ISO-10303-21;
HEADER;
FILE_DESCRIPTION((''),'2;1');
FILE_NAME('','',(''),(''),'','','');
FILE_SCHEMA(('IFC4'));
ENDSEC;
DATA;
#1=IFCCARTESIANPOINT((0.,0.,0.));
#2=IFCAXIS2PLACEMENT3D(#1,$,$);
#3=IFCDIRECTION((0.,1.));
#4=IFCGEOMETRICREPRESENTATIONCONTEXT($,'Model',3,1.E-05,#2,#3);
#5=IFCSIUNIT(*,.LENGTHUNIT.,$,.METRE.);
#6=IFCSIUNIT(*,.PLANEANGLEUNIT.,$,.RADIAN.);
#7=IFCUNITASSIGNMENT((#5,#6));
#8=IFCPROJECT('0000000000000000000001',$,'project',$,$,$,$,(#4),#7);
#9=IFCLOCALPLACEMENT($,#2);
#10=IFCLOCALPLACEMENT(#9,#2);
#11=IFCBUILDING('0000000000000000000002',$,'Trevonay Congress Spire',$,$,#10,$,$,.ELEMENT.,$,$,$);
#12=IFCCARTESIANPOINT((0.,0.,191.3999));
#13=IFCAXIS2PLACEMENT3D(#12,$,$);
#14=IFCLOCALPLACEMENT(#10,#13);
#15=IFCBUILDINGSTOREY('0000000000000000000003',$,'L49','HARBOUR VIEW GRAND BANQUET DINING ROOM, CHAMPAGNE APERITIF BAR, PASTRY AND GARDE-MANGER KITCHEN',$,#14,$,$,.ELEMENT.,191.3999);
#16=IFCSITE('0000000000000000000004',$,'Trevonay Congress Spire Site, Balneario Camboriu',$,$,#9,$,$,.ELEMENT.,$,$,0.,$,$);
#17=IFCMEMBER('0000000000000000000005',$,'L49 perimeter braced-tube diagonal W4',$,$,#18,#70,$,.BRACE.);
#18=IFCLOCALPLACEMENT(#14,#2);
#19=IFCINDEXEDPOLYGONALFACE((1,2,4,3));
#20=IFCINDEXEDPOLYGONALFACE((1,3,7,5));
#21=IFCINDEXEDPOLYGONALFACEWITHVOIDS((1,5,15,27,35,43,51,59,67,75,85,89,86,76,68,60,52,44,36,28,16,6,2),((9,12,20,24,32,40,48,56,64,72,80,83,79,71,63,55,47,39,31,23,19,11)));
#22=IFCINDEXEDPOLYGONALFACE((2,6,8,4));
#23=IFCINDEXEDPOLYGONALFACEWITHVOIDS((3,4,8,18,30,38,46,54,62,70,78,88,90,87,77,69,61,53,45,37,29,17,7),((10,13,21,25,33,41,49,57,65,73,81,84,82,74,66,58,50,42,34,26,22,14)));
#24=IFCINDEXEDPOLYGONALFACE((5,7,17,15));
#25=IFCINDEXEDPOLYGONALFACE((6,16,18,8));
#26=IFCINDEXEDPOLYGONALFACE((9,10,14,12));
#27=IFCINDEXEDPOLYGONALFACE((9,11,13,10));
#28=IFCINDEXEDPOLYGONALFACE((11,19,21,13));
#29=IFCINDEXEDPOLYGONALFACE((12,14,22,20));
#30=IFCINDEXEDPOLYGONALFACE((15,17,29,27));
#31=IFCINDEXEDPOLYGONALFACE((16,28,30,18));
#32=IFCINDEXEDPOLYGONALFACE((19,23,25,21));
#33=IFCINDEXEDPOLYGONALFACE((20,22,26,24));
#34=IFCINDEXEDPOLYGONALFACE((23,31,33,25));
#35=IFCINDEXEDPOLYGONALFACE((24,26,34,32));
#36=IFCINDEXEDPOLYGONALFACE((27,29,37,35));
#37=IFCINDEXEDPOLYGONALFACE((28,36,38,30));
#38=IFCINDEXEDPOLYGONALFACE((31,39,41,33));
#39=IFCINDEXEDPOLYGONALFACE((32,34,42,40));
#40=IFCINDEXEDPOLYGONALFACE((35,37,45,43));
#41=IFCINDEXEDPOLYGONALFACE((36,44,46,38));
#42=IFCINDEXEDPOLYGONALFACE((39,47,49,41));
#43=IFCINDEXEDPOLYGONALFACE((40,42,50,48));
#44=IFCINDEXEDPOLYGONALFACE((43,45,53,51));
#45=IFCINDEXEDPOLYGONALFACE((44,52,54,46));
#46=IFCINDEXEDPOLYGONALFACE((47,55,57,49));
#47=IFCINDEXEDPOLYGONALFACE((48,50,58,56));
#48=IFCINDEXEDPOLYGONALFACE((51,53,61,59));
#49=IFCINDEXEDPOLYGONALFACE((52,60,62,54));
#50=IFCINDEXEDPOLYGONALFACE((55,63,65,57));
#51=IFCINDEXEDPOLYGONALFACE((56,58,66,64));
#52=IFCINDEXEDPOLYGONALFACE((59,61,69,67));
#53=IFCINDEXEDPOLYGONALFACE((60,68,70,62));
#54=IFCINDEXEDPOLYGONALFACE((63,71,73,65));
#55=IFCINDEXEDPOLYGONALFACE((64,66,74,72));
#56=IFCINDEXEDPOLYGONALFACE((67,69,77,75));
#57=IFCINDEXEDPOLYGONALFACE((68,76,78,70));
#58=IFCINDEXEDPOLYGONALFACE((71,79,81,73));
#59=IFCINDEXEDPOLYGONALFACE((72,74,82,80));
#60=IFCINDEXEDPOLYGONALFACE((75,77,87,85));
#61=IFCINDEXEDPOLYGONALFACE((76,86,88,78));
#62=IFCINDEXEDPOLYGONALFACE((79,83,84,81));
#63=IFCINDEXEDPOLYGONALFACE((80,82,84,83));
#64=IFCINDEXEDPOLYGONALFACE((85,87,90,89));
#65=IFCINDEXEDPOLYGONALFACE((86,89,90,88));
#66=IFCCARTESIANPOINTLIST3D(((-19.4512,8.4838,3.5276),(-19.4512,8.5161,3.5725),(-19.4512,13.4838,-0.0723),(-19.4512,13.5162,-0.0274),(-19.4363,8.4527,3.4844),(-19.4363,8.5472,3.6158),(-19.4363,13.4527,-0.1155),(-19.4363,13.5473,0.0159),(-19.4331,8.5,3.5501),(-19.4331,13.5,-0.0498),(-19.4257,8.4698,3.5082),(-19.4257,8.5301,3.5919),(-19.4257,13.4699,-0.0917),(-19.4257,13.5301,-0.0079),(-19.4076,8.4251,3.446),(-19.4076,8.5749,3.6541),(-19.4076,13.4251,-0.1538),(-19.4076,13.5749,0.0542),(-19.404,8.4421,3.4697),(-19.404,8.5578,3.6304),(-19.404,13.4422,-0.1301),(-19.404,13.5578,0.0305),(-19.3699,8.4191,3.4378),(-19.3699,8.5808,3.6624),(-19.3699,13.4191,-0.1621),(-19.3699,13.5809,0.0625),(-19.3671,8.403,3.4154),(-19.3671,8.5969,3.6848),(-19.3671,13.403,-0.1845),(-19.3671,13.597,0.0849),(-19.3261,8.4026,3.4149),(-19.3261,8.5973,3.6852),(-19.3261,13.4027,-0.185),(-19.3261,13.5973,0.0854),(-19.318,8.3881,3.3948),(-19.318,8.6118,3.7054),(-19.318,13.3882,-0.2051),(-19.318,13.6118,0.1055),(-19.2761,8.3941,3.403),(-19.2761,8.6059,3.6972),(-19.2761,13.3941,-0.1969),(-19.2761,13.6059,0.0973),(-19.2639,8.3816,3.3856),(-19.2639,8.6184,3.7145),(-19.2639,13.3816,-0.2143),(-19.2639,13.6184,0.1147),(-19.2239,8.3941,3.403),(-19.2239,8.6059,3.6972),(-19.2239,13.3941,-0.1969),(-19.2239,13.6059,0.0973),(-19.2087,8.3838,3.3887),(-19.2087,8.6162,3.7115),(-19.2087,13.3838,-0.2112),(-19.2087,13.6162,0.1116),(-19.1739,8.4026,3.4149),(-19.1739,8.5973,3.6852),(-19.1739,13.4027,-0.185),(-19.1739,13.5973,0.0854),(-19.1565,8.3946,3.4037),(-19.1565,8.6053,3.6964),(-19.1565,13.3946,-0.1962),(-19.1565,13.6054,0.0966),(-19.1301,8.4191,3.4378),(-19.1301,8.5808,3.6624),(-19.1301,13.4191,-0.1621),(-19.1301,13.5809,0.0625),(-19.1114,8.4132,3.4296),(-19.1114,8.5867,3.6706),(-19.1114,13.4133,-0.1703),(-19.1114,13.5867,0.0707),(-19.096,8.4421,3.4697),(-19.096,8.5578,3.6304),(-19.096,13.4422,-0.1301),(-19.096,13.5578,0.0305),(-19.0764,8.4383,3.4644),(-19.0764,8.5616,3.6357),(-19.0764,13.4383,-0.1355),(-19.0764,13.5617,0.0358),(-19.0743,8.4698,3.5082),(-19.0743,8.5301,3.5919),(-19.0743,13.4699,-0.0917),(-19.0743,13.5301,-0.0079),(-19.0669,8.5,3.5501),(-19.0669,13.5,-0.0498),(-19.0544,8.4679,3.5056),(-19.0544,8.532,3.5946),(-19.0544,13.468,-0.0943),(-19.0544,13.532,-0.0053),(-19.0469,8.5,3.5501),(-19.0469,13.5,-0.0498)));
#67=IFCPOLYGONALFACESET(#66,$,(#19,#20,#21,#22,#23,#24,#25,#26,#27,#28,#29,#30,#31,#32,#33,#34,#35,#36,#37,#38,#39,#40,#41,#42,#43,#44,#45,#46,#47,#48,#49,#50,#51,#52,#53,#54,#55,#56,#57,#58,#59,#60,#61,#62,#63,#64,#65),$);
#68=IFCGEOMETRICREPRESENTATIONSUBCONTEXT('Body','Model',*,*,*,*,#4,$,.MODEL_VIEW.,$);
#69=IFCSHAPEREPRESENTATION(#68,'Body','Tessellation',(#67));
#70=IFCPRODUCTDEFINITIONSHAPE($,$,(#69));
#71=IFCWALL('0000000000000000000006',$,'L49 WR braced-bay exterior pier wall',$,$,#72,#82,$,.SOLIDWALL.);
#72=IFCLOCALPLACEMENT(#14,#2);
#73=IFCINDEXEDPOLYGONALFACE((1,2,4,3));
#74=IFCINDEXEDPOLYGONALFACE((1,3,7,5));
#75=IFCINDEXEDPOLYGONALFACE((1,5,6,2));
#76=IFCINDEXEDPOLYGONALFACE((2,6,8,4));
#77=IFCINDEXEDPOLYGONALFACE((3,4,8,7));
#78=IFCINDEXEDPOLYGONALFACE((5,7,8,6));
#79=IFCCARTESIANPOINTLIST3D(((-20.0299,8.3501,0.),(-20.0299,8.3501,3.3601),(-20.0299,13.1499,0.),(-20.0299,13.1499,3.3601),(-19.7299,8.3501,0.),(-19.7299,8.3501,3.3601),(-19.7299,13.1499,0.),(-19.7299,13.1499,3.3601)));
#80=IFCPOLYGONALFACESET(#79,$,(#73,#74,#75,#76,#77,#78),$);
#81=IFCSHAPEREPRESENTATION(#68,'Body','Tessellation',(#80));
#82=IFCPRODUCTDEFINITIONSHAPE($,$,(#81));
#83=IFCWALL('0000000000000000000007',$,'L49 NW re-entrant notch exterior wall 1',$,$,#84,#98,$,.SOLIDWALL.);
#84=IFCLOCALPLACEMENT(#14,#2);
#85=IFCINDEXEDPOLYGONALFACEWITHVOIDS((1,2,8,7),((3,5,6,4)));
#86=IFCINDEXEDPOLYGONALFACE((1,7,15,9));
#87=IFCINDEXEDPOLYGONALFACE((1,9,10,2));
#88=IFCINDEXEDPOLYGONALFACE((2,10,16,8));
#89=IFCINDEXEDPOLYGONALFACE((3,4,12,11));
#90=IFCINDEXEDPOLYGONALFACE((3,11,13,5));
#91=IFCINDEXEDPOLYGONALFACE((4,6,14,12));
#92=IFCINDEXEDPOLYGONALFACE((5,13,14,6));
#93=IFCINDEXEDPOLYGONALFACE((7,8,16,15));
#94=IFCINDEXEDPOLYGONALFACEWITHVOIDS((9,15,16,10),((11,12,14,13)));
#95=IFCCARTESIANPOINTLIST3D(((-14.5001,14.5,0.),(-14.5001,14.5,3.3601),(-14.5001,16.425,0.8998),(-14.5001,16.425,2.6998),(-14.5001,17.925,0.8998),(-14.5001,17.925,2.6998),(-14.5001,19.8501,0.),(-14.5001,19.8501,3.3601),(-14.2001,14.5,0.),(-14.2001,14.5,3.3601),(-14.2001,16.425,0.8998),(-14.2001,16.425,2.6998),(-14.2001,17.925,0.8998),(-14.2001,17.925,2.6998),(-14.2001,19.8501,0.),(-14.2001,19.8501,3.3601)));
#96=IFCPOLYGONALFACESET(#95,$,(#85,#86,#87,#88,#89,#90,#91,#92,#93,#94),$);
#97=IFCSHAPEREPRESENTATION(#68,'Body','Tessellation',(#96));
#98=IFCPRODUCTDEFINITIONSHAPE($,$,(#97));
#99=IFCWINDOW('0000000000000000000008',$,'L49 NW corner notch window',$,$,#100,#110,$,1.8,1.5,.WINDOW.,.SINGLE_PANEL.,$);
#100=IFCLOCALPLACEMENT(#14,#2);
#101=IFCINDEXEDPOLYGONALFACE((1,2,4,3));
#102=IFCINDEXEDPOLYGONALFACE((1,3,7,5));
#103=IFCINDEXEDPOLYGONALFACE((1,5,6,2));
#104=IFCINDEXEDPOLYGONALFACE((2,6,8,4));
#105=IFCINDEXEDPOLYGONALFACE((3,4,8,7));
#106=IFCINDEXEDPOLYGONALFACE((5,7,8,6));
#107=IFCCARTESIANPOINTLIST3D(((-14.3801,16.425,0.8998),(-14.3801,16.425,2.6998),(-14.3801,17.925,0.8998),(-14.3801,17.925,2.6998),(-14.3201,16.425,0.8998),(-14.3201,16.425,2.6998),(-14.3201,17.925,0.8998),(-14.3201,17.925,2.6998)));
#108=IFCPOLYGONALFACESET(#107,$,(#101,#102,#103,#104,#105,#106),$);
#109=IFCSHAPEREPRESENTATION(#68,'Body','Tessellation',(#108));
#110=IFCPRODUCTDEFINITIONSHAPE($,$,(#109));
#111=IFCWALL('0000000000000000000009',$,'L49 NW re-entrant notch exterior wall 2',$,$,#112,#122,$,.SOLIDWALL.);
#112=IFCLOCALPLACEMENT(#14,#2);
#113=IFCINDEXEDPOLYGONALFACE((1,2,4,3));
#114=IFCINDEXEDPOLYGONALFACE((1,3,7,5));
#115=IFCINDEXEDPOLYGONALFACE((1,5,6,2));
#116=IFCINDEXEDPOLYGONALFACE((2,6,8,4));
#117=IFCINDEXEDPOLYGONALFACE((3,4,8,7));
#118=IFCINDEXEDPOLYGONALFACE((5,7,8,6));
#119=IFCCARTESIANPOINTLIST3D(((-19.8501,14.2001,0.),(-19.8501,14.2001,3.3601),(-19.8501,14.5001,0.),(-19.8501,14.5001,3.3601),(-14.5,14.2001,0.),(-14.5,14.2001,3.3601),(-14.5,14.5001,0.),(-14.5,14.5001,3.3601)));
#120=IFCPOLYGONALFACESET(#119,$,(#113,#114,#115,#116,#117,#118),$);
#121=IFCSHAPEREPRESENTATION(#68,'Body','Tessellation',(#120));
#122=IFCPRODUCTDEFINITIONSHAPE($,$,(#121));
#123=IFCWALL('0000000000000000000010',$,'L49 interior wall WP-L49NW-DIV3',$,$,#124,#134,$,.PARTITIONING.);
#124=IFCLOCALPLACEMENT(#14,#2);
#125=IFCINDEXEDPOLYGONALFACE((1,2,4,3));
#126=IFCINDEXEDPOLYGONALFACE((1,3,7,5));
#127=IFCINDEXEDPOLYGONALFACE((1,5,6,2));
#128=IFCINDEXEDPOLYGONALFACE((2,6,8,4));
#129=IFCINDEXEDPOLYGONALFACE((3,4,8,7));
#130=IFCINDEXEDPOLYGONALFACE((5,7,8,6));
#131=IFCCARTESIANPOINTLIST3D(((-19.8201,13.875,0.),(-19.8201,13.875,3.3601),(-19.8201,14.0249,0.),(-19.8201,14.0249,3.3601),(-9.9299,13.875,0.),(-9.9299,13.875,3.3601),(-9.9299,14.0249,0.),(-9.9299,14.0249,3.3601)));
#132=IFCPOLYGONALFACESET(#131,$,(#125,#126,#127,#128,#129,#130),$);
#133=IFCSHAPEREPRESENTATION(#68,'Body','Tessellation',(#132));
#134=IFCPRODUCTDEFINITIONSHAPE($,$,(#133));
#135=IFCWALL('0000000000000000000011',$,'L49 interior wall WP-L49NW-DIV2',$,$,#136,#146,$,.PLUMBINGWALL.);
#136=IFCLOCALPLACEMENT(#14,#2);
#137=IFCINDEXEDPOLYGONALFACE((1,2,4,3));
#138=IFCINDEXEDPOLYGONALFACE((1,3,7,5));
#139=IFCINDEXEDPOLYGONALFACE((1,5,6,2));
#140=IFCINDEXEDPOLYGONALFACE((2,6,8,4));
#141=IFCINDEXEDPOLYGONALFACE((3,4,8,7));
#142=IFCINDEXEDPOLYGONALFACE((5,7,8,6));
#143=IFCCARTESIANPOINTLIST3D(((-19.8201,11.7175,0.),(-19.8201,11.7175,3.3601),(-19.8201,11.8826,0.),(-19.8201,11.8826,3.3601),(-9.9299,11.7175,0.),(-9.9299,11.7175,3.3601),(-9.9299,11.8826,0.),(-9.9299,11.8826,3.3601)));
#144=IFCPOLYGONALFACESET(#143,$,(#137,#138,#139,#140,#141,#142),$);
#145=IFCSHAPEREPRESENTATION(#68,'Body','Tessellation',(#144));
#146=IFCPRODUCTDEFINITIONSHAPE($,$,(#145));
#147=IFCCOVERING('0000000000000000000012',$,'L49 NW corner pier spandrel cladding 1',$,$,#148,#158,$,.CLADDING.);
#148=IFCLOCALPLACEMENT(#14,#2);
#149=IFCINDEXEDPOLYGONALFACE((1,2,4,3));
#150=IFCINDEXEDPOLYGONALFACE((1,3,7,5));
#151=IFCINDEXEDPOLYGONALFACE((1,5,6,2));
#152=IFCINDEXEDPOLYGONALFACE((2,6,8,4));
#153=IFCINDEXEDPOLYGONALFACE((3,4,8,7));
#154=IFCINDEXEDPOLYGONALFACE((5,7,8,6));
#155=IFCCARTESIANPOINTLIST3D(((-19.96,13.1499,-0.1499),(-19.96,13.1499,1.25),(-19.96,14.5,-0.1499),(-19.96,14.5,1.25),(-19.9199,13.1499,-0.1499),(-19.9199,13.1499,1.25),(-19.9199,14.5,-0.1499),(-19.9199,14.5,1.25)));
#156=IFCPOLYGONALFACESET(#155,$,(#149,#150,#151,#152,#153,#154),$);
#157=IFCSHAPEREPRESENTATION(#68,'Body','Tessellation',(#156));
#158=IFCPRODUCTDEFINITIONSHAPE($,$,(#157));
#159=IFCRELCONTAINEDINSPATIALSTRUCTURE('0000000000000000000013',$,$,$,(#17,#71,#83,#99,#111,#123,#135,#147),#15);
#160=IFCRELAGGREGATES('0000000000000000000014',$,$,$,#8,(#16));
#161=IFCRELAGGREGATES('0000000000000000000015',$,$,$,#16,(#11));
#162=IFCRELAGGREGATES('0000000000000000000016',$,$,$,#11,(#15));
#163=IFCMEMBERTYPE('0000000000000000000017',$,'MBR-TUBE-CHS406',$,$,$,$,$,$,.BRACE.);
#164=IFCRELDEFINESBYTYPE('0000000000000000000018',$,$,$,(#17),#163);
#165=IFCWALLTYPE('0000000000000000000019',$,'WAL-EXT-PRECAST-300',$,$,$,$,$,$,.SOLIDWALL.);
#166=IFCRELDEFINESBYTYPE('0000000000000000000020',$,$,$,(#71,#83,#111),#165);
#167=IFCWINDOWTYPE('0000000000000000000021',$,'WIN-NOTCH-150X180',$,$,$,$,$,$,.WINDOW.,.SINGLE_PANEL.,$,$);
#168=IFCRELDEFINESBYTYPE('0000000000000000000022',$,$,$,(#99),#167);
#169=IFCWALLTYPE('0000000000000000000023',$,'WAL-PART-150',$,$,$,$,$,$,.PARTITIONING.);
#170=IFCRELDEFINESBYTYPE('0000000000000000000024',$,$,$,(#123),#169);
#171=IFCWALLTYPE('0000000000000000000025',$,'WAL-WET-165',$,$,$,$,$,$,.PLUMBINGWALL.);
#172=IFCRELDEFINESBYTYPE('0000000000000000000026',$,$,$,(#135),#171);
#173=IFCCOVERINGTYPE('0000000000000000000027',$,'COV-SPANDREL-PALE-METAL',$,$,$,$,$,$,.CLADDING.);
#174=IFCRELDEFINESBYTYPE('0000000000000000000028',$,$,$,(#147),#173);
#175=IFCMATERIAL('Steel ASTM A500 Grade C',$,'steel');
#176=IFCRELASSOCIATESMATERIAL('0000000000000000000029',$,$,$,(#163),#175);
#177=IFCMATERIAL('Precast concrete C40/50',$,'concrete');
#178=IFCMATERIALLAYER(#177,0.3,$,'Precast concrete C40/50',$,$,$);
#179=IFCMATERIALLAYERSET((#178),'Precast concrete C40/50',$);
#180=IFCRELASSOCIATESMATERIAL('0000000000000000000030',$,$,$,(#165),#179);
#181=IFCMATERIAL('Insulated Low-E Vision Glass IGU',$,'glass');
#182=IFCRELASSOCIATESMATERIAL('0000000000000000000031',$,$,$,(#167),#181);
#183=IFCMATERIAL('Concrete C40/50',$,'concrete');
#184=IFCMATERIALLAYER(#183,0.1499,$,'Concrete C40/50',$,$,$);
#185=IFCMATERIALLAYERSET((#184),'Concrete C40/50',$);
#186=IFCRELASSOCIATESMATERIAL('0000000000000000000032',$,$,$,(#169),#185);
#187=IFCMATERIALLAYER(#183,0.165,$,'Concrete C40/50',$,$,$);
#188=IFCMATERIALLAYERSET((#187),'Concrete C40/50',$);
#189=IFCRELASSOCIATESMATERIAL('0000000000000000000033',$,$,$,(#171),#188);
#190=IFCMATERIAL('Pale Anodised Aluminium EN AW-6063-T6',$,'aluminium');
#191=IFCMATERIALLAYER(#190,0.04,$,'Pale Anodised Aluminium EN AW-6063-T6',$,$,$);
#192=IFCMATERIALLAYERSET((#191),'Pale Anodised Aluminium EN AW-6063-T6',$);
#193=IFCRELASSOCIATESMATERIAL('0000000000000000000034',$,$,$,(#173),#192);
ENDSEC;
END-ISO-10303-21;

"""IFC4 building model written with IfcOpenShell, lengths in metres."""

from ifc_helpers import new_model, si_unit, direction, frame, frame_2d, origin, origin_2d, place, context, subcontext, project, spatial, rectangle, hollow_circle, extrude, material, layer, layer_set, material_profile, profile_set, type_object, element, fill, save


model = new_model("IFC4")

# Units and contexts
model_context = context("Model", 3, precision=1e-05, world=origin(), true_north=direction((0.0, 1.0)))
body_context = subcontext(model_context, "Body", "Model", "MODEL_VIEW")
ifc_project = project(units=[si_unit("LENGTHUNIT", "METRE"), si_unit("PLANEANGLEUNIT", "RADIAN")], contexts=[model_context])

# Site, building, storey
site_placement = place(None, origin())
site = spatial("IfcSite", under=ifc_project, at=site_placement, Name="Trevonay Congress Spire Site, Balneario Camboriu", CompositionType="ELEMENT", RefElevation=0.0)
building_placement = place(site_placement, origin())
building = spatial("IfcBuilding", under=site, at=building_placement, Name="Trevonay Congress Spire", CompositionType="ELEMENT")
storey_placement = place(building_placement, frame((0.0, 0.0, 191.3999)))
storey = spatial("IfcBuildingStorey", under=building, at=storey_placement, Name="L49", Description="HARBOUR VIEW GRAND BANQUET DINING ROOM, CHAMPAGNE APERITIF BAR, PASTRY AND GARDE-MANGER KITCHEN", CompositionType="ELEMENT", Elevation=191.3999)

# Shared definitions
ifc_material_1 = material(Name="Pale Anodised Aluminium EN AW-6063-T6", Category="aluminium")

# Member
ifc_material_2 = material(Name="Steel ASTM A500 Grade C", Category="steel")
ifc_material_profile_1 = material_profile(ifc_material_2, hollow_circle(Radius=0.2031, WallThickness=0.02, at=origin_2d()), Name="CHS 406.4x20")
ifc_profile_set_1 = profile_set([ifc_material_profile_1], Name="Steel ASTM A500 Grade C")
member_type_1 = type_object("IfcMemberType", Name="MBR-TUBE-CHS406", PredefinedType="BRACE", material=ifc_profile_set_1)
member_1_placement = place(storey_placement, frame((-19.25, 13.5, -0.0498), z_axis=(0.0, -0.811546, 0.584289), x_axis=(1.0, 0.0, 0.0)))
element("IfcMember", 1, at=member_1_placement, inside=storey, type_object=member_type_1, Name="L49 perimeter braced-tube diagonal W4", PredefinedType="BRACE", context=body_context, shape_type="SweptSolid", body=[
    extrude(hollow_circle(Radius=0.2031, WallThickness=0.02, at=origin_2d()), origin(), (0.0, 0.0, 1.0), 6.1611),
])

# Wall
ifc_material_3 = material(Name="Precast concrete C40/50", Category="concrete")
ifc_layer_1 = layer(ifc_material_3, 0.3, Name="Precast concrete C40/50")
ifc_layer_set_1 = layer_set([ifc_layer_1], Name="Precast concrete C40/50")
wall_type_1 = type_object("IfcWallType", Name="WAL-EXT-PRECAST-300", PredefinedType="SOLIDWALL", material=ifc_layer_set_1)
wall_1_placement = place(storey_placement, frame((-19.8799, 8.3501, 0.0), z_axis=(0.0, 0.0, 1.0), x_axis=(0.0, 1.0, 0.0)))
element("IfcWall", 2, at=wall_1_placement, inside=storey, type_object=wall_type_1, Name="L49 WR braced-bay exterior pier wall", PredefinedType="SOLIDWALL", context=body_context, shape_type="SweptSolid", body=[
    extrude(rectangle(XDim=4.7998, YDim=0.3, at=frame_2d((2.3999, 0.0))), origin(), (0.0, 0.0, 1.0), 3.3601),
])

# Wall, opening, window
wall_2_placement = place(storey_placement, frame((-14.3501, 19.8501, 0.0), z_axis=(0.0, 0.0, 1.0), x_axis=(0.0, -1.0, 0.0)))
wall_2 = element("IfcWall", 3, at=wall_2_placement, inside=storey, type_object=wall_type_1, Name="L49 NW re-entrant notch exterior wall 1", PredefinedType="SOLIDWALL", context=body_context, shape_type="SweptSolid", body=[
    extrude(rectangle(XDim=5.3501, YDim=0.3, at=frame_2d((2.675, 0.0))), origin(), (0.0, 0.0, 1.0), 3.3601),
])
opening_placement = place(wall_2_placement, frame((1.925, 0.0, 0.8999)))
opening = element("IfcOpeningElement", 4, at=opening_placement, cuts=wall_2, PredefinedType="OPENING", context=body_context, shape_type="SweptSolid", body=[
    extrude(rectangle(XDim=1.5, YDim=1.8, at=frame_2d((0.75, 0.8999))), frame((0.0, 0.1602, 0.0), z_axis=(0.0, -1.0, 0.0), x_axis=(1.0, 0.0, 0.0)), (0.0, 0.0, 1.0), 0.3201),
])
ifc_material_4 = material(Name="Insulated Low-E Vision Glass IGU", Category="glass")
window_type = type_object("IfcWindowType", Name="WIN-NOTCH-150X180", PartitioningType="SINGLE_PANEL", PredefinedType="WINDOW", material=ifc_material_4)
window_placement = place(opening_placement, origin())
window = element("IfcWindow", 5, at=window_placement, inside=storey, type_object=window_type, Name="L49 NW corner notch window", OverallHeight=1.8, OverallWidth=1.5, PartitioningType="SINGLE_PANEL", PredefinedType="WINDOW", context=body_context, shape_type="SweptSolid", body=[
    extrude(rectangle(XDim=1.5, YDim=1.8, at=frame_2d((0.75, 0.8999))), frame((0.0, 0.03, 0.0), z_axis=(0.0, -1.0, 0.0), x_axis=(1.0, 0.0, 0.0)), (0.0, 0.0, 1.0), 0.0601),
])
fill(opening, window)

# Walls
wall_3_placement = place(storey_placement, frame((-19.8501, 14.3501, 0.0), z_axis=(0.0, 0.0, 1.0), x_axis=(1.0, 0.0, 0.0)))
element("IfcWall", 6, at=wall_3_placement, inside=storey, type_object=wall_type_1, Name="L49 NW re-entrant notch exterior wall 2", PredefinedType="SOLIDWALL", context=body_context, shape_type="SweptSolid", body=[
    extrude(rectangle(XDim=5.3501, YDim=0.3, at=frame_2d((2.675, 0.0))), origin(), (0.0, 0.0, 1.0), 3.3601),
])
ifc_material_5 = material(Name="Concrete C40/50", Category="concrete")
ifc_layer_2 = layer(ifc_material_5, 0.1499, Name="Concrete C40/50")
ifc_layer_set_2 = layer_set([ifc_layer_2], Name="Concrete C40/50")
wall_type_2 = type_object("IfcWallType", Name="WAL-PART-150", PredefinedType="PARTITIONING", material=ifc_layer_set_2)
wall_4_placement = place(storey_placement, frame((-19.8201, 13.95, 0.0), z_axis=(0.0, 0.0, 1.0), x_axis=(1.0, 0.0, 0.0)))
element("IfcWall", 7, at=wall_4_placement, inside=storey, type_object=wall_type_2, Name="L49 interior wall WP-L49NW-DIV3", PredefinedType="PARTITIONING", context=body_context, shape_type="SweptSolid", body=[
    extrude(rectangle(XDim=9.8901, YDim=0.1499, at=frame_2d((4.9451, 0.0))), origin(), (0.0, 0.0, 1.0), 3.3601),
])
ifc_layer_3 = layer(ifc_material_5, 0.165, Name="Concrete C40/50")
ifc_layer_set_3 = layer_set([ifc_layer_3], Name="Concrete C40/50")
wall_type_3 = type_object("IfcWallType", Name="WAL-WET-165", PredefinedType="PLUMBINGWALL", material=ifc_layer_set_3)
wall_5_placement = place(storey_placement, frame((-19.8201, 11.8, 0.0), z_axis=(0.0, 0.0, 1.0), x_axis=(1.0, 0.0, 0.0)))
element("IfcWall", 8, at=wall_5_placement, inside=storey, type_object=wall_type_3, Name="L49 interior wall WP-L49NW-DIV2", PredefinedType="PLUMBINGWALL", context=body_context, shape_type="SweptSolid", body=[
    extrude(rectangle(XDim=9.8901, YDim=0.165, at=frame_2d((4.9451, 0.0))), origin(), (0.0, 0.0, 1.0), 3.3601),
])

# Covering
ifc_layer_4 = layer(ifc_material_1, 0.04, Name="Pale Anodised Aluminium EN AW-6063-T6")
ifc_layer_set_4 = layer_set([ifc_layer_4], Name="Pale Anodised Aluminium EN AW-6063-T6")
covering_type = type_object("IfcCoveringType", Name="COV-SPANDREL-PALE-METAL", PredefinedType="CLADDING", material=ifc_layer_set_4)
covering_placement = place(storey_placement, frame((-19.9399, 13.1499, -0.1499), z_axis=(0.0, 0.0, 1.0), x_axis=(0.0, 1.0, 0.0)))
element("IfcCovering", 9, at=covering_placement, inside=storey, type_object=covering_type, Name="L49 NW corner pier spandrel cladding 1", PredefinedType="CLADDING", context=body_context, shape_type="SweptSolid", body=[
    extrude(rectangle(XDim=1.3501, YDim=0.04, at=frame_2d((0.675, 0.0))), origin(), (0.0, 0.0, 1.0), 1.3999),
])

save(model, "model.ifc")
